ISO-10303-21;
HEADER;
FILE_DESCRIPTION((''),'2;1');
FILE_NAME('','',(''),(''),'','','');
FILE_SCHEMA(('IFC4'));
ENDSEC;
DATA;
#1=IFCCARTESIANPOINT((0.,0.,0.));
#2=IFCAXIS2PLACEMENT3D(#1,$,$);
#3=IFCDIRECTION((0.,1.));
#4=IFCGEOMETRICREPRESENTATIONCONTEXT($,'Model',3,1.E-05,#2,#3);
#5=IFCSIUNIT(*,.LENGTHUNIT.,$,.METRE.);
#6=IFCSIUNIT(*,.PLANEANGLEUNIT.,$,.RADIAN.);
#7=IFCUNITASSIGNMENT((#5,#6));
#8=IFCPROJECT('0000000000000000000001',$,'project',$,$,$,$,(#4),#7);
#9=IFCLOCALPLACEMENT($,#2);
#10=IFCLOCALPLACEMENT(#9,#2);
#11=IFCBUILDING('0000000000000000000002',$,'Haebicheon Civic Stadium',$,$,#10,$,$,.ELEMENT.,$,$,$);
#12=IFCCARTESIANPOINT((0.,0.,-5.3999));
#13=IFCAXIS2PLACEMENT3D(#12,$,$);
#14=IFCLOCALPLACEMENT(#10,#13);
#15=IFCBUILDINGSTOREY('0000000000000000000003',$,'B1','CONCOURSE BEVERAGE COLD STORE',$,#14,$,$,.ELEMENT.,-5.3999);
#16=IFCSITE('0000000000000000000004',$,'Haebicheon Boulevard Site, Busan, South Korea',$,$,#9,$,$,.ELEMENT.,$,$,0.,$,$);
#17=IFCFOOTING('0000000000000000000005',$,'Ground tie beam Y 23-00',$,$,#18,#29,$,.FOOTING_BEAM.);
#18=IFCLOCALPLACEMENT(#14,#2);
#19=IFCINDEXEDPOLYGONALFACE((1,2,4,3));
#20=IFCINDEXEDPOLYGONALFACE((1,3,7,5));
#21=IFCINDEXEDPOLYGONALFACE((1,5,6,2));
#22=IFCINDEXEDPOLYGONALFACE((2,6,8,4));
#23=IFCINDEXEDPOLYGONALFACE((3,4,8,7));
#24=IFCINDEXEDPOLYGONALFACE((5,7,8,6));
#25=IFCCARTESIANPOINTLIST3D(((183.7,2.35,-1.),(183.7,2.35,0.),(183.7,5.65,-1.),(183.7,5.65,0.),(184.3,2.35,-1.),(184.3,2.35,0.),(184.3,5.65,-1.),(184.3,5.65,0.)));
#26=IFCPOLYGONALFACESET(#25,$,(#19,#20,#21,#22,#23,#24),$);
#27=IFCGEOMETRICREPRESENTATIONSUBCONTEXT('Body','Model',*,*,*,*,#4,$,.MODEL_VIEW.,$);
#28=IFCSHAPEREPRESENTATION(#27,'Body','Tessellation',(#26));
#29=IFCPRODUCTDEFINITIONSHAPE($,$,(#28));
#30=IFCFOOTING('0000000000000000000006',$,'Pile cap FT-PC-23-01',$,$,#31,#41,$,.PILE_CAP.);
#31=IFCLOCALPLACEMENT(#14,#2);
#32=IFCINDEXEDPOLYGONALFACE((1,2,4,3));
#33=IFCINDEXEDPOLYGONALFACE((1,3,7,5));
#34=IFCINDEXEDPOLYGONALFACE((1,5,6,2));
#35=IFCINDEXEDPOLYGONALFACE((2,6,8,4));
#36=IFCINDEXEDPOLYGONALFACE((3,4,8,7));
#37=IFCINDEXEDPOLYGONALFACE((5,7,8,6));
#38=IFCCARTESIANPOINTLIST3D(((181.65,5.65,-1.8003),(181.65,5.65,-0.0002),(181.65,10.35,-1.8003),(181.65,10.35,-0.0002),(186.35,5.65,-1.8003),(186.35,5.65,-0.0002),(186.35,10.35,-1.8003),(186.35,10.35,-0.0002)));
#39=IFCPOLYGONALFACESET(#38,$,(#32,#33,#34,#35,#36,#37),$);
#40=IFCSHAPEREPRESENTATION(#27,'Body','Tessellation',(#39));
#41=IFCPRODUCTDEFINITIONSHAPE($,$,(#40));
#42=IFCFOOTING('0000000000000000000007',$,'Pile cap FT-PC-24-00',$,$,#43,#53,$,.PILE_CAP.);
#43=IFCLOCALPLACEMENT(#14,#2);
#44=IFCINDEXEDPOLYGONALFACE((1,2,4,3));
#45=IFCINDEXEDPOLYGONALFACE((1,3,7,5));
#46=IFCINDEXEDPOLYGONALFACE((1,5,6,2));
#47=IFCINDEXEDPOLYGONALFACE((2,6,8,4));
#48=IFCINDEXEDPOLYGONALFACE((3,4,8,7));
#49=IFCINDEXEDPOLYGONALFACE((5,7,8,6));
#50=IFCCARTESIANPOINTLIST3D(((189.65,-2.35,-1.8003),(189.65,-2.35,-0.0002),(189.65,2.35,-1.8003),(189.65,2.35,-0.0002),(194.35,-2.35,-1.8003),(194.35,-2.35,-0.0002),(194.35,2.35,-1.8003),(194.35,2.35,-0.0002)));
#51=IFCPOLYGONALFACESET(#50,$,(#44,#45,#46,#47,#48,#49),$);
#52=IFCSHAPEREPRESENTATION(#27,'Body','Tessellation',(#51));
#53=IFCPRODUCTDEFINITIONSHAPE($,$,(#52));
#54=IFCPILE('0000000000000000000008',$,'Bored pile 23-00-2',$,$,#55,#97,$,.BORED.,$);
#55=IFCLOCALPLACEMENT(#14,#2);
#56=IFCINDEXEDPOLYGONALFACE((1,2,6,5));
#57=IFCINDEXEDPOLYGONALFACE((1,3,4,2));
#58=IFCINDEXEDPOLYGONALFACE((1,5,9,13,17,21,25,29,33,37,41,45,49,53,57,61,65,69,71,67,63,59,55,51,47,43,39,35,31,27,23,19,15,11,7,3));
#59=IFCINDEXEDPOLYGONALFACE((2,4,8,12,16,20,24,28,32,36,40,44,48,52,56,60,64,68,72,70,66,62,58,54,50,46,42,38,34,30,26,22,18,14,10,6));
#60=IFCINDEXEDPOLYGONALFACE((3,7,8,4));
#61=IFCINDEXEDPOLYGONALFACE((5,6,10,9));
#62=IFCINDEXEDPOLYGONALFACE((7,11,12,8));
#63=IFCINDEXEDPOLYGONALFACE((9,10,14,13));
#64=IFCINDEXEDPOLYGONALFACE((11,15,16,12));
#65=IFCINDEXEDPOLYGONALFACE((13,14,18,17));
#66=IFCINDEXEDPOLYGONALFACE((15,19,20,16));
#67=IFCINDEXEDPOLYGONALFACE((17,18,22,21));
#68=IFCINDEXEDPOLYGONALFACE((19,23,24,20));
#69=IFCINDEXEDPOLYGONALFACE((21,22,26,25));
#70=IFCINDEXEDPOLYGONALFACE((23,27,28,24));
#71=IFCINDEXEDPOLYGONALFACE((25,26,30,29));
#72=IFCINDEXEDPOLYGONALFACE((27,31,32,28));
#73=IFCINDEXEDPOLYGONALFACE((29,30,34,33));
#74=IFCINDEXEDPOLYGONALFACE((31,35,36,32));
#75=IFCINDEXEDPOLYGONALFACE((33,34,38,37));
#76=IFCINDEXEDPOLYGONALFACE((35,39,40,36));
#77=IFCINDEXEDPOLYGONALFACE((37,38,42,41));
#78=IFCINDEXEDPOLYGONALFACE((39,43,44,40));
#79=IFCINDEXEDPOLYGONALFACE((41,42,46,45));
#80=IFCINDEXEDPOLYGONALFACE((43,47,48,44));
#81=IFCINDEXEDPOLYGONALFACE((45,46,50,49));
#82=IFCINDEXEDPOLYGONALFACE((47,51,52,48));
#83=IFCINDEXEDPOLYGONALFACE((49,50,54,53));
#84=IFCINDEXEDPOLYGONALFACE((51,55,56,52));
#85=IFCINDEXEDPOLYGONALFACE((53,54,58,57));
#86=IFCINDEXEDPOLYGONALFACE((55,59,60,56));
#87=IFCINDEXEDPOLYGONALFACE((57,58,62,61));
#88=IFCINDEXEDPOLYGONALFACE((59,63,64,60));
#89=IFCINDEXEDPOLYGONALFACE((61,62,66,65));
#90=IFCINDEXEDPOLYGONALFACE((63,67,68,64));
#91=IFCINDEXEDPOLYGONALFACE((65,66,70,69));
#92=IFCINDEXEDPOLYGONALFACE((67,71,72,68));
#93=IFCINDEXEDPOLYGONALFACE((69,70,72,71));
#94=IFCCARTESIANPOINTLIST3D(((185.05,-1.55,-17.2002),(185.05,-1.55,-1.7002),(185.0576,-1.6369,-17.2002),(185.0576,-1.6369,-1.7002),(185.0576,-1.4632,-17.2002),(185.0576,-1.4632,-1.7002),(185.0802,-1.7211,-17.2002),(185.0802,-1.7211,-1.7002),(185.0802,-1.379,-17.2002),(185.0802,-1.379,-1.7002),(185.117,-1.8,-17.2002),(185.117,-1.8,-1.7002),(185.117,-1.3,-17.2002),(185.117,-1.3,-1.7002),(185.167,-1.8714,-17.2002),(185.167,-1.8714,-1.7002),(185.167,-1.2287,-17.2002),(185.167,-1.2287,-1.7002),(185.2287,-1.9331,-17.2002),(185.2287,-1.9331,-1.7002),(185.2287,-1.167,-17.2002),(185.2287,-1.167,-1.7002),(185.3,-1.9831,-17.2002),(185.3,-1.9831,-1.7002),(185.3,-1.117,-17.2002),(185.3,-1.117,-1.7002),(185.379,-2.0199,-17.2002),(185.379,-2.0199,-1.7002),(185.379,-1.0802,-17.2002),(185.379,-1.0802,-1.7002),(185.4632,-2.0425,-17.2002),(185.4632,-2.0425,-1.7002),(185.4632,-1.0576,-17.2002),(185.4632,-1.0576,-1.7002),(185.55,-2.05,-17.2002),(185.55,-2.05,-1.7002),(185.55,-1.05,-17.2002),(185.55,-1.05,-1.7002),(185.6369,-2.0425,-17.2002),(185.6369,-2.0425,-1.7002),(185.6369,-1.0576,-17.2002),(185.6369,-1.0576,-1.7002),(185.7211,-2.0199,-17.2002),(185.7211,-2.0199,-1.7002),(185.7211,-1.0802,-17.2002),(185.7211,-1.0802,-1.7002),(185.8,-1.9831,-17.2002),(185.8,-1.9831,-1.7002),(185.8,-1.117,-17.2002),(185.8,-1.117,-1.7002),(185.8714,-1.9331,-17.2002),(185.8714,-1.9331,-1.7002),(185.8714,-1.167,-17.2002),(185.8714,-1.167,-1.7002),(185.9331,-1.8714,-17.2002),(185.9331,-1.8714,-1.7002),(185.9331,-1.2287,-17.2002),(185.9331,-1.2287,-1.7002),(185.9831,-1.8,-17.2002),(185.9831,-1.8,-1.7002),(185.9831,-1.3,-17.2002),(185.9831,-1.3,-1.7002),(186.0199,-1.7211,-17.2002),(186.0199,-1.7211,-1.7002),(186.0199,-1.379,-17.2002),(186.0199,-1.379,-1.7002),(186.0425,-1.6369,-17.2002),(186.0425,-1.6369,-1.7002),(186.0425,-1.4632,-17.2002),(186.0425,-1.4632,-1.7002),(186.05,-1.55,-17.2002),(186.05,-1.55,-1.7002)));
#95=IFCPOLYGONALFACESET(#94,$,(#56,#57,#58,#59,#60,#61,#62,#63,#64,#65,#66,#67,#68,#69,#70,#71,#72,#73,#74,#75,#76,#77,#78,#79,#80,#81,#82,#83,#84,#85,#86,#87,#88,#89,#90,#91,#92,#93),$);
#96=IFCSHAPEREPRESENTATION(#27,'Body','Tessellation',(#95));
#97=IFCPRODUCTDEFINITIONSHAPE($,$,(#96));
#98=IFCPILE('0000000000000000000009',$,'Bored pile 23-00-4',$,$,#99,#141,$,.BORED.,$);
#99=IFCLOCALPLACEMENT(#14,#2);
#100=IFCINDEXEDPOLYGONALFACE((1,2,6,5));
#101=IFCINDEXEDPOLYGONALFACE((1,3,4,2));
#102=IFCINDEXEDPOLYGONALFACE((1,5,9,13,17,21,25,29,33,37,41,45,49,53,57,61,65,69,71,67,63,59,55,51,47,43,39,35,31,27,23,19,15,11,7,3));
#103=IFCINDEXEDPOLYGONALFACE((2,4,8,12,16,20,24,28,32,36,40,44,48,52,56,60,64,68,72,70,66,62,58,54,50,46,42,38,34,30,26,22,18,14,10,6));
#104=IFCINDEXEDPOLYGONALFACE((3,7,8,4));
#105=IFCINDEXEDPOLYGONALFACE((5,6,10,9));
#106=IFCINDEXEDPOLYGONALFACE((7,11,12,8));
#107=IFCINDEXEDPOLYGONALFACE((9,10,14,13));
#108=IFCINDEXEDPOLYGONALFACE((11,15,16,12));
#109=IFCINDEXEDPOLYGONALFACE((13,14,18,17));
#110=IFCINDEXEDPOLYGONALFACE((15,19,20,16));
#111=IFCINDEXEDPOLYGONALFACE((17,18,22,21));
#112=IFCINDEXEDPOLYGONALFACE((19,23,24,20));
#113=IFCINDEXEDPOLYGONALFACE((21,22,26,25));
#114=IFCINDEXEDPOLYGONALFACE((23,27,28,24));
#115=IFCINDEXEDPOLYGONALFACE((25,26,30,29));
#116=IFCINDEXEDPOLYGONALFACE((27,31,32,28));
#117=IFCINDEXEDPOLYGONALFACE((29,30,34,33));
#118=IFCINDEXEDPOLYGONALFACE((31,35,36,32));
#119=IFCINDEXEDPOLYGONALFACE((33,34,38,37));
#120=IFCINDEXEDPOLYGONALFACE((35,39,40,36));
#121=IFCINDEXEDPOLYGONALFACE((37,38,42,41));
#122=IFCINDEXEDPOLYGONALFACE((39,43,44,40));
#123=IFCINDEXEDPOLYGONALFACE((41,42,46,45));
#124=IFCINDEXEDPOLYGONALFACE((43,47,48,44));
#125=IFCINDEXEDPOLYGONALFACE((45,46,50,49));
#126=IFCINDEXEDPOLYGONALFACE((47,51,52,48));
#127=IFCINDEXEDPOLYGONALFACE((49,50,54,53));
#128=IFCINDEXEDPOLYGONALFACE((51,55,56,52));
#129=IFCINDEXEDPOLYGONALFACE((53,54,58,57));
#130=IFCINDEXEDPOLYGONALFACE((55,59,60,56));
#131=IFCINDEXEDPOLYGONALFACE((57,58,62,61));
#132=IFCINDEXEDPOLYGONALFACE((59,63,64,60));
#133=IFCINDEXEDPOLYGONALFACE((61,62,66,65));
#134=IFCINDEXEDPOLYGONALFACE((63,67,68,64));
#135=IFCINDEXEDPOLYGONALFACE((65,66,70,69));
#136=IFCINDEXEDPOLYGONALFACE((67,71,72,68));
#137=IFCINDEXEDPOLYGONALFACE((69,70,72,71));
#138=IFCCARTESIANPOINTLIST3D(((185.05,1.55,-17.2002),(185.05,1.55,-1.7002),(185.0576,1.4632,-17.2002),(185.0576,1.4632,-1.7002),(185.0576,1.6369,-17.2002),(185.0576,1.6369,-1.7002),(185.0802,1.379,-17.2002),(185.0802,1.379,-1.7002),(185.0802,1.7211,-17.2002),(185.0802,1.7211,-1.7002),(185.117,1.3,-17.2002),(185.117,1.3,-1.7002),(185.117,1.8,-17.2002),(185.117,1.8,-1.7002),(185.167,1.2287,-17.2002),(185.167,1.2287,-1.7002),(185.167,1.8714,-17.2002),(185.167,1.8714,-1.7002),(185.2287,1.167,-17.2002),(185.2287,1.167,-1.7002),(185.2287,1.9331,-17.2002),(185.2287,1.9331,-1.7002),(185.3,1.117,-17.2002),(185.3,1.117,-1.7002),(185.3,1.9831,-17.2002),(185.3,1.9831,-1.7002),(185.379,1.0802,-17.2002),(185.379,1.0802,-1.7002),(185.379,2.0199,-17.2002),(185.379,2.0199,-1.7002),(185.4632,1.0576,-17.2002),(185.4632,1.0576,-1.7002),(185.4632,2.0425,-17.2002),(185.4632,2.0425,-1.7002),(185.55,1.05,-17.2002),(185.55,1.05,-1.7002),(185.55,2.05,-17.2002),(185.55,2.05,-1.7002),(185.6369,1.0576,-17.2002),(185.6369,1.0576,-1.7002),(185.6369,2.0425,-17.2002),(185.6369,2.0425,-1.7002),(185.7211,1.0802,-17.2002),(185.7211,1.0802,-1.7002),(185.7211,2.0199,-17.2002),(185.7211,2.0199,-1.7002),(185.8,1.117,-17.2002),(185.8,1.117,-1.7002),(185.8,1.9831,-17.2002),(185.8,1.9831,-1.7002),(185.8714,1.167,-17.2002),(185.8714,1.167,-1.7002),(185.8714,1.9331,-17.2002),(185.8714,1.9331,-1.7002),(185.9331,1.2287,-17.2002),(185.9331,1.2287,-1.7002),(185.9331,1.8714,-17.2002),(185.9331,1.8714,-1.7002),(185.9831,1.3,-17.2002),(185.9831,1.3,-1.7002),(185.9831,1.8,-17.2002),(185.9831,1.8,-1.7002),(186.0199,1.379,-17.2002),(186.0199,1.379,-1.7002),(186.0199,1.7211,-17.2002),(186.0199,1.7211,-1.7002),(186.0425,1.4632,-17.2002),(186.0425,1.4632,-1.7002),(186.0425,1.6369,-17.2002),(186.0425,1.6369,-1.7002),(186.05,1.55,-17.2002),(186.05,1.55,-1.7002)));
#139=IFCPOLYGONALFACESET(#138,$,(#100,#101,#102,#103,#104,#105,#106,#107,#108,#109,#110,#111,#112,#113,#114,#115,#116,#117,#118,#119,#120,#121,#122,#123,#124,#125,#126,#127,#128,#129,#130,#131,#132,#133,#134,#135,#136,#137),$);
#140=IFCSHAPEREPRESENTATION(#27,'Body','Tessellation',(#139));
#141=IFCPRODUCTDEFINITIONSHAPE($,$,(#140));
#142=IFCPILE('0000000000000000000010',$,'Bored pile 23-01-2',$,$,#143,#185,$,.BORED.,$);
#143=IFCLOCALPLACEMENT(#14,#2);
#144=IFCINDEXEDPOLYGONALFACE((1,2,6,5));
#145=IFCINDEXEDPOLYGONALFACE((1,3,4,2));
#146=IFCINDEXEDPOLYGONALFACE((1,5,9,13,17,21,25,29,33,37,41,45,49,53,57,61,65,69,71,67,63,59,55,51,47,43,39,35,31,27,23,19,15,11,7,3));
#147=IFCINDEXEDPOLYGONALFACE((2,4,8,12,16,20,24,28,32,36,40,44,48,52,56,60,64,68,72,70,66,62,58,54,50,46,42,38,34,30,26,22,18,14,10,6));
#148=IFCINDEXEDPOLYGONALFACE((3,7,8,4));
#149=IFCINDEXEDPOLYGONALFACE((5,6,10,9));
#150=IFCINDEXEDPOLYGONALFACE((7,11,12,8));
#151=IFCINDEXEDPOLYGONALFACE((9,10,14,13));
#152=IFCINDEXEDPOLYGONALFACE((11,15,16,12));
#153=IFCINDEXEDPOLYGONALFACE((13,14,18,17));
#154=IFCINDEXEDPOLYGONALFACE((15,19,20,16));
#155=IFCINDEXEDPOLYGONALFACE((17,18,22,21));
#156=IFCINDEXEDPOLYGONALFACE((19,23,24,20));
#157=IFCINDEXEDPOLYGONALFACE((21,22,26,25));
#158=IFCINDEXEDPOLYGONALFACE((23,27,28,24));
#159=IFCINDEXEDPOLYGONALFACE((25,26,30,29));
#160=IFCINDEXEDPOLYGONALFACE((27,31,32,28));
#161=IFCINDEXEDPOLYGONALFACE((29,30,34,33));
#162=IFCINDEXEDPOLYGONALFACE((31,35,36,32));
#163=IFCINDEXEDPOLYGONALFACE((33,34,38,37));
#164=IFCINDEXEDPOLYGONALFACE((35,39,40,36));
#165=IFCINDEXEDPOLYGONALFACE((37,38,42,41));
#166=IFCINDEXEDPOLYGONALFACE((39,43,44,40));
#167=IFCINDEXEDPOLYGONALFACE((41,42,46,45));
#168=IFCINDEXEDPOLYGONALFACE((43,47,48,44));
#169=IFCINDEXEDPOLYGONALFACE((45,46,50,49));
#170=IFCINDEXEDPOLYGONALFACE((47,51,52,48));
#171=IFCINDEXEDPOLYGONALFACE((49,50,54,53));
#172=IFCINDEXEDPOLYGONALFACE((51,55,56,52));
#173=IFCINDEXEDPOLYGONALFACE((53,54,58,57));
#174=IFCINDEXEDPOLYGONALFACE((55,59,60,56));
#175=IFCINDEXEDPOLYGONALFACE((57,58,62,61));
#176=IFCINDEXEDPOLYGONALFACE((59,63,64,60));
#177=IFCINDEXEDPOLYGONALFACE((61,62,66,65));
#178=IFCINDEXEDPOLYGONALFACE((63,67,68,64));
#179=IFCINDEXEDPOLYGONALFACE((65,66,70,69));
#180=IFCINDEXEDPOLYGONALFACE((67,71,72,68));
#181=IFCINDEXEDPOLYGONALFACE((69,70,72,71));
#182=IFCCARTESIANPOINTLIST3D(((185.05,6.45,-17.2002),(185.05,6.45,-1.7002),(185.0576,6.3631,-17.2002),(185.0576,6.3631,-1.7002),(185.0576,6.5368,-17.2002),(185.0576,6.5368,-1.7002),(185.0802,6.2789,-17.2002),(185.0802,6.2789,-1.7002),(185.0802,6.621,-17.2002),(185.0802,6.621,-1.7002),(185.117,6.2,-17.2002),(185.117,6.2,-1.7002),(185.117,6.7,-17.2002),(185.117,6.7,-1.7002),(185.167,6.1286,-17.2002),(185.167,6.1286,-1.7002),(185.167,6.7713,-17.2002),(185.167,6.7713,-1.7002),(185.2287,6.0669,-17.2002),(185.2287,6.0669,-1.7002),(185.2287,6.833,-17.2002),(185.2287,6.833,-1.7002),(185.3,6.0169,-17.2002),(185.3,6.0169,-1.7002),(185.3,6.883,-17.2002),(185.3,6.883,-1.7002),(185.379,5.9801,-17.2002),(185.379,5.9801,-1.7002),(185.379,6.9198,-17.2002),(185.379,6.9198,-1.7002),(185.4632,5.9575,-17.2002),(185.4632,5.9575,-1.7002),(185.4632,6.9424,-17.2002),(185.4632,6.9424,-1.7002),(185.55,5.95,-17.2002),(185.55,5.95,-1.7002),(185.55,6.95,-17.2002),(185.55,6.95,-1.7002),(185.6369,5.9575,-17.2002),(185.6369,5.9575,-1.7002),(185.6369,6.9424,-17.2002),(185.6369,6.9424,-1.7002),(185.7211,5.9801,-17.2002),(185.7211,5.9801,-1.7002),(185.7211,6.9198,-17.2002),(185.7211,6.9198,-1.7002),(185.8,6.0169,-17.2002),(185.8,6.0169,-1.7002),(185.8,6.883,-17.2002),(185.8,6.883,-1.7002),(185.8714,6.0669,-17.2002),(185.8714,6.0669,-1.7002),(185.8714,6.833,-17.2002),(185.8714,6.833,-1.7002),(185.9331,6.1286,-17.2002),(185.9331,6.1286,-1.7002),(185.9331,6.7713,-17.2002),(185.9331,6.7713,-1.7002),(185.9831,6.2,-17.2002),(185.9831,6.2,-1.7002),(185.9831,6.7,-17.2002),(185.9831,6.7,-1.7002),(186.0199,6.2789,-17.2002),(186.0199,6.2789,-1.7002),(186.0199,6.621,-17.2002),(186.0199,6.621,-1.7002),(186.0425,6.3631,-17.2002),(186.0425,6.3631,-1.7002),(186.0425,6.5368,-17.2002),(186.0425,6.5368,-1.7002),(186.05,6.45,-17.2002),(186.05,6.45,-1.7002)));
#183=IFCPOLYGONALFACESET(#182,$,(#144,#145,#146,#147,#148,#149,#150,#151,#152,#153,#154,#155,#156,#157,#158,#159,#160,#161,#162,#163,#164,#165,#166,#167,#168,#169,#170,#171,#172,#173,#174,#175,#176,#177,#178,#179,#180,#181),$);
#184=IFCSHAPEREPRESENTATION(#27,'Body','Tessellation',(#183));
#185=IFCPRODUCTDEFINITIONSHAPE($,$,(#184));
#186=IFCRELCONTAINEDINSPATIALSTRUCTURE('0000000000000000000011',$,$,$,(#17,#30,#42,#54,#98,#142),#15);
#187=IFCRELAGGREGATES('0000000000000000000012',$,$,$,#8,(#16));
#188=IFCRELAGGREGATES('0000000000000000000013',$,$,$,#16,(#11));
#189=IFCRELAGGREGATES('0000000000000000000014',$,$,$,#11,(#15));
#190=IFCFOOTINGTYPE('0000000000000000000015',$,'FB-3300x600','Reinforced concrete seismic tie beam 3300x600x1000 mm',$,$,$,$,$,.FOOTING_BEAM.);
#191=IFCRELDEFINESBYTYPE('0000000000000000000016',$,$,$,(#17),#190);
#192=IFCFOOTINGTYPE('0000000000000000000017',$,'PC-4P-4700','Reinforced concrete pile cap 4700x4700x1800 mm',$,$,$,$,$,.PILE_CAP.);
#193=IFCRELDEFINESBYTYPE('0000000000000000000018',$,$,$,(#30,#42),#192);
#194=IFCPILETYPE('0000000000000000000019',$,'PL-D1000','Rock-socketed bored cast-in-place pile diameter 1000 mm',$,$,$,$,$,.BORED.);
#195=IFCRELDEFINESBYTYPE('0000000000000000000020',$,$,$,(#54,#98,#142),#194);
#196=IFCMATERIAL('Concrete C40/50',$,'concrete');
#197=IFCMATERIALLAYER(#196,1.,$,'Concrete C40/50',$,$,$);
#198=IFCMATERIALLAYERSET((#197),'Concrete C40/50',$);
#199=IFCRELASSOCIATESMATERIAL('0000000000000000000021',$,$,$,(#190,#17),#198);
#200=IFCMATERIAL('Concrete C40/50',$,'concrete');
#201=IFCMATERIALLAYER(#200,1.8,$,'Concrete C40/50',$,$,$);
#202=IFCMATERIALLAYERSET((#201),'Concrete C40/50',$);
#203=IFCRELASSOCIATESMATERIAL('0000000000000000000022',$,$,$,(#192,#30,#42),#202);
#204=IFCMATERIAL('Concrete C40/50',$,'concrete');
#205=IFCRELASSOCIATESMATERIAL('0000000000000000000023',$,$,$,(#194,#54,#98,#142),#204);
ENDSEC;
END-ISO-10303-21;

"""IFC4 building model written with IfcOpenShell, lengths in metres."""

from ifc_helpers import new_model, si_unit, direction, frame, origin, origin_2d, place, context, subcontext, project, spatial, rectangle, circle, extrude, material, layer, layer_set, material_profile, profile_set, type_object, element, save


model = new_model("IFC4")

# Units and contexts
model_context = context("Model", 3, precision=1e-05, world=origin(), true_north=direction((0.0, 1.0)))
body_context = subcontext(model_context, "Body", "Model", "MODEL_VIEW")
ifc_project = project(units=[si_unit("LENGTHUNIT", "METRE"), si_unit("PLANEANGLEUNIT", "RADIAN")], contexts=[model_context])

# Site, building, storey
site_placement = place(None, origin())
site = spatial("IfcSite", under=ifc_project, at=site_placement, Name="Haebicheon Boulevard Site, Busan, South Korea", CompositionType="ELEMENT", RefElevation=0.0)
building_placement = place(site_placement, origin())
building = spatial("IfcBuilding", under=site, at=building_placement, Name="Haebicheon Civic Stadium", CompositionType="ELEMENT")
storey_placement = place(building_placement, frame((0.0, 0.0, -5.3999)))
storey = spatial("IfcBuildingStorey", under=building, at=storey_placement, Name="B1", Description="CONCOURSE BEVERAGE COLD STORE", CompositionType="ELEMENT", Elevation=-5.3999)

# Footings
ifc_material_1 = material(Name="Concrete C40/50", Category="concrete")
ifc_layer_1 = layer(ifc_material_1, 1.0, Name="Concrete C40/50")
ifc_layer_set_1 = layer_set([ifc_layer_1], Name="Concrete C40/50")
footing_type_1 = type_object("IfcFootingType", Name="FB-3300x600", Description="Reinforced concrete seismic tie beam 3300x600x1000 mm", PredefinedType="FOOTING_BEAM", material=ifc_layer_set_1)
footing_placement = place(storey_placement, frame((184.0, 4.0, -1.0), z_axis=(0.0, 0.0, 1.0), x_axis=(0.0, 1.0, 0.0)))
element("IfcFooting", 1, at=footing_placement, inside=storey, type_object=footing_type_1, material=ifc_layer_set_1, Name="Ground tie beam Y 23-00", PredefinedType="FOOTING_BEAM", context=body_context, shape_type="SweptSolid", body=[
    extrude(rectangle(XDim=3.3, YDim=0.6001, at=origin_2d()), origin(), (0.0, 0.0, 1.0), 1.0),
])
ifc_material_2 = material(Name="Concrete C40/50", Category="concrete")
ifc_layer_2 = layer(ifc_material_2, 1.8, Name="Concrete C40/50")
ifc_layer_set_2 = layer_set([ifc_layer_2], Name="Concrete C40/50")
footing_type_2 = type_object("IfcFootingType", Name="PC-4P-4700", Description="Reinforced concrete pile cap 4700x4700x1800 mm", PredefinedType="PILE_CAP", material=ifc_layer_set_2)
for number, where, z_axis, x_axis, name in (
    (2, (184.0, 8.0, -1.8003), (0.0, 0.0, 1.0), (1.0, 0.0, 0.0), "Pile cap FT-PC-23-01"),
    (3, (192.0, 0.0, -1.8003), (0.0, 0.0, 1.0), (1.0, 0.0, 0.0), "Pile cap FT-PC-24-00"),
):
    element("IfcFooting", number, at=place(storey_placement, frame(where, z_axis=z_axis, x_axis=x_axis)), inside=storey, type_object=footing_type_2, material=ifc_layer_set_2, Name=name, PredefinedType="PILE_CAP", context=body_context, shape_type="SweptSolid", body=[
        extrude(rectangle(XDim=4.7, YDim=4.7, at=origin_2d()), origin(), (0.0, 0.0, 1.0), 1.8),
    ])

# Piles
ifc_material_3 = material(Name="Concrete C40/50", Category="concrete")
ifc_material_profile_1 = material_profile(ifc_material_3, circle(Radius=0.5, at=origin_2d()), Name="PILE-D1000")
ifc_profile_set_1 = profile_set([ifc_material_profile_1], Name="Concrete C40/50")
pile_type = type_object("IfcPileType", Name="PL-D1000", Description="Rock-socketed bored cast-in-place pile diameter 1000 mm", PredefinedType="BORED", material=ifc_profile_set_1)
for number, where, z_axis, x_axis, name in (
    (4, (185.55, -1.55, -1.7002), (0.0, 0.0, -1.0), (1.0, 0.0, 0.0), "Bored pile 23-00-2"),
    (5, (185.55, 1.55, -1.7002), (0.0, 0.0, -1.0), (1.0, 0.0, 0.0), "Bored pile 23-00-4"),
    (6, (185.55, 6.45, -1.7002), (0.0, 0.0, -1.0), (1.0, 0.0, 0.0), "Bored pile 23-01-2"),
):
    element("IfcPile", number, at=place(storey_placement, frame(where, z_axis=z_axis, x_axis=x_axis)), inside=storey, type_object=pile_type, material=ifc_profile_set_1, Name=name, PredefinedType="BORED", context=body_context, shape_type="SweptSolid", body=[
        extrude(circle(Radius=0.5, at=origin_2d()), origin(), (0.0, 0.0, 1.0), 15.5),
    ])

save(model, "model.ifc")
